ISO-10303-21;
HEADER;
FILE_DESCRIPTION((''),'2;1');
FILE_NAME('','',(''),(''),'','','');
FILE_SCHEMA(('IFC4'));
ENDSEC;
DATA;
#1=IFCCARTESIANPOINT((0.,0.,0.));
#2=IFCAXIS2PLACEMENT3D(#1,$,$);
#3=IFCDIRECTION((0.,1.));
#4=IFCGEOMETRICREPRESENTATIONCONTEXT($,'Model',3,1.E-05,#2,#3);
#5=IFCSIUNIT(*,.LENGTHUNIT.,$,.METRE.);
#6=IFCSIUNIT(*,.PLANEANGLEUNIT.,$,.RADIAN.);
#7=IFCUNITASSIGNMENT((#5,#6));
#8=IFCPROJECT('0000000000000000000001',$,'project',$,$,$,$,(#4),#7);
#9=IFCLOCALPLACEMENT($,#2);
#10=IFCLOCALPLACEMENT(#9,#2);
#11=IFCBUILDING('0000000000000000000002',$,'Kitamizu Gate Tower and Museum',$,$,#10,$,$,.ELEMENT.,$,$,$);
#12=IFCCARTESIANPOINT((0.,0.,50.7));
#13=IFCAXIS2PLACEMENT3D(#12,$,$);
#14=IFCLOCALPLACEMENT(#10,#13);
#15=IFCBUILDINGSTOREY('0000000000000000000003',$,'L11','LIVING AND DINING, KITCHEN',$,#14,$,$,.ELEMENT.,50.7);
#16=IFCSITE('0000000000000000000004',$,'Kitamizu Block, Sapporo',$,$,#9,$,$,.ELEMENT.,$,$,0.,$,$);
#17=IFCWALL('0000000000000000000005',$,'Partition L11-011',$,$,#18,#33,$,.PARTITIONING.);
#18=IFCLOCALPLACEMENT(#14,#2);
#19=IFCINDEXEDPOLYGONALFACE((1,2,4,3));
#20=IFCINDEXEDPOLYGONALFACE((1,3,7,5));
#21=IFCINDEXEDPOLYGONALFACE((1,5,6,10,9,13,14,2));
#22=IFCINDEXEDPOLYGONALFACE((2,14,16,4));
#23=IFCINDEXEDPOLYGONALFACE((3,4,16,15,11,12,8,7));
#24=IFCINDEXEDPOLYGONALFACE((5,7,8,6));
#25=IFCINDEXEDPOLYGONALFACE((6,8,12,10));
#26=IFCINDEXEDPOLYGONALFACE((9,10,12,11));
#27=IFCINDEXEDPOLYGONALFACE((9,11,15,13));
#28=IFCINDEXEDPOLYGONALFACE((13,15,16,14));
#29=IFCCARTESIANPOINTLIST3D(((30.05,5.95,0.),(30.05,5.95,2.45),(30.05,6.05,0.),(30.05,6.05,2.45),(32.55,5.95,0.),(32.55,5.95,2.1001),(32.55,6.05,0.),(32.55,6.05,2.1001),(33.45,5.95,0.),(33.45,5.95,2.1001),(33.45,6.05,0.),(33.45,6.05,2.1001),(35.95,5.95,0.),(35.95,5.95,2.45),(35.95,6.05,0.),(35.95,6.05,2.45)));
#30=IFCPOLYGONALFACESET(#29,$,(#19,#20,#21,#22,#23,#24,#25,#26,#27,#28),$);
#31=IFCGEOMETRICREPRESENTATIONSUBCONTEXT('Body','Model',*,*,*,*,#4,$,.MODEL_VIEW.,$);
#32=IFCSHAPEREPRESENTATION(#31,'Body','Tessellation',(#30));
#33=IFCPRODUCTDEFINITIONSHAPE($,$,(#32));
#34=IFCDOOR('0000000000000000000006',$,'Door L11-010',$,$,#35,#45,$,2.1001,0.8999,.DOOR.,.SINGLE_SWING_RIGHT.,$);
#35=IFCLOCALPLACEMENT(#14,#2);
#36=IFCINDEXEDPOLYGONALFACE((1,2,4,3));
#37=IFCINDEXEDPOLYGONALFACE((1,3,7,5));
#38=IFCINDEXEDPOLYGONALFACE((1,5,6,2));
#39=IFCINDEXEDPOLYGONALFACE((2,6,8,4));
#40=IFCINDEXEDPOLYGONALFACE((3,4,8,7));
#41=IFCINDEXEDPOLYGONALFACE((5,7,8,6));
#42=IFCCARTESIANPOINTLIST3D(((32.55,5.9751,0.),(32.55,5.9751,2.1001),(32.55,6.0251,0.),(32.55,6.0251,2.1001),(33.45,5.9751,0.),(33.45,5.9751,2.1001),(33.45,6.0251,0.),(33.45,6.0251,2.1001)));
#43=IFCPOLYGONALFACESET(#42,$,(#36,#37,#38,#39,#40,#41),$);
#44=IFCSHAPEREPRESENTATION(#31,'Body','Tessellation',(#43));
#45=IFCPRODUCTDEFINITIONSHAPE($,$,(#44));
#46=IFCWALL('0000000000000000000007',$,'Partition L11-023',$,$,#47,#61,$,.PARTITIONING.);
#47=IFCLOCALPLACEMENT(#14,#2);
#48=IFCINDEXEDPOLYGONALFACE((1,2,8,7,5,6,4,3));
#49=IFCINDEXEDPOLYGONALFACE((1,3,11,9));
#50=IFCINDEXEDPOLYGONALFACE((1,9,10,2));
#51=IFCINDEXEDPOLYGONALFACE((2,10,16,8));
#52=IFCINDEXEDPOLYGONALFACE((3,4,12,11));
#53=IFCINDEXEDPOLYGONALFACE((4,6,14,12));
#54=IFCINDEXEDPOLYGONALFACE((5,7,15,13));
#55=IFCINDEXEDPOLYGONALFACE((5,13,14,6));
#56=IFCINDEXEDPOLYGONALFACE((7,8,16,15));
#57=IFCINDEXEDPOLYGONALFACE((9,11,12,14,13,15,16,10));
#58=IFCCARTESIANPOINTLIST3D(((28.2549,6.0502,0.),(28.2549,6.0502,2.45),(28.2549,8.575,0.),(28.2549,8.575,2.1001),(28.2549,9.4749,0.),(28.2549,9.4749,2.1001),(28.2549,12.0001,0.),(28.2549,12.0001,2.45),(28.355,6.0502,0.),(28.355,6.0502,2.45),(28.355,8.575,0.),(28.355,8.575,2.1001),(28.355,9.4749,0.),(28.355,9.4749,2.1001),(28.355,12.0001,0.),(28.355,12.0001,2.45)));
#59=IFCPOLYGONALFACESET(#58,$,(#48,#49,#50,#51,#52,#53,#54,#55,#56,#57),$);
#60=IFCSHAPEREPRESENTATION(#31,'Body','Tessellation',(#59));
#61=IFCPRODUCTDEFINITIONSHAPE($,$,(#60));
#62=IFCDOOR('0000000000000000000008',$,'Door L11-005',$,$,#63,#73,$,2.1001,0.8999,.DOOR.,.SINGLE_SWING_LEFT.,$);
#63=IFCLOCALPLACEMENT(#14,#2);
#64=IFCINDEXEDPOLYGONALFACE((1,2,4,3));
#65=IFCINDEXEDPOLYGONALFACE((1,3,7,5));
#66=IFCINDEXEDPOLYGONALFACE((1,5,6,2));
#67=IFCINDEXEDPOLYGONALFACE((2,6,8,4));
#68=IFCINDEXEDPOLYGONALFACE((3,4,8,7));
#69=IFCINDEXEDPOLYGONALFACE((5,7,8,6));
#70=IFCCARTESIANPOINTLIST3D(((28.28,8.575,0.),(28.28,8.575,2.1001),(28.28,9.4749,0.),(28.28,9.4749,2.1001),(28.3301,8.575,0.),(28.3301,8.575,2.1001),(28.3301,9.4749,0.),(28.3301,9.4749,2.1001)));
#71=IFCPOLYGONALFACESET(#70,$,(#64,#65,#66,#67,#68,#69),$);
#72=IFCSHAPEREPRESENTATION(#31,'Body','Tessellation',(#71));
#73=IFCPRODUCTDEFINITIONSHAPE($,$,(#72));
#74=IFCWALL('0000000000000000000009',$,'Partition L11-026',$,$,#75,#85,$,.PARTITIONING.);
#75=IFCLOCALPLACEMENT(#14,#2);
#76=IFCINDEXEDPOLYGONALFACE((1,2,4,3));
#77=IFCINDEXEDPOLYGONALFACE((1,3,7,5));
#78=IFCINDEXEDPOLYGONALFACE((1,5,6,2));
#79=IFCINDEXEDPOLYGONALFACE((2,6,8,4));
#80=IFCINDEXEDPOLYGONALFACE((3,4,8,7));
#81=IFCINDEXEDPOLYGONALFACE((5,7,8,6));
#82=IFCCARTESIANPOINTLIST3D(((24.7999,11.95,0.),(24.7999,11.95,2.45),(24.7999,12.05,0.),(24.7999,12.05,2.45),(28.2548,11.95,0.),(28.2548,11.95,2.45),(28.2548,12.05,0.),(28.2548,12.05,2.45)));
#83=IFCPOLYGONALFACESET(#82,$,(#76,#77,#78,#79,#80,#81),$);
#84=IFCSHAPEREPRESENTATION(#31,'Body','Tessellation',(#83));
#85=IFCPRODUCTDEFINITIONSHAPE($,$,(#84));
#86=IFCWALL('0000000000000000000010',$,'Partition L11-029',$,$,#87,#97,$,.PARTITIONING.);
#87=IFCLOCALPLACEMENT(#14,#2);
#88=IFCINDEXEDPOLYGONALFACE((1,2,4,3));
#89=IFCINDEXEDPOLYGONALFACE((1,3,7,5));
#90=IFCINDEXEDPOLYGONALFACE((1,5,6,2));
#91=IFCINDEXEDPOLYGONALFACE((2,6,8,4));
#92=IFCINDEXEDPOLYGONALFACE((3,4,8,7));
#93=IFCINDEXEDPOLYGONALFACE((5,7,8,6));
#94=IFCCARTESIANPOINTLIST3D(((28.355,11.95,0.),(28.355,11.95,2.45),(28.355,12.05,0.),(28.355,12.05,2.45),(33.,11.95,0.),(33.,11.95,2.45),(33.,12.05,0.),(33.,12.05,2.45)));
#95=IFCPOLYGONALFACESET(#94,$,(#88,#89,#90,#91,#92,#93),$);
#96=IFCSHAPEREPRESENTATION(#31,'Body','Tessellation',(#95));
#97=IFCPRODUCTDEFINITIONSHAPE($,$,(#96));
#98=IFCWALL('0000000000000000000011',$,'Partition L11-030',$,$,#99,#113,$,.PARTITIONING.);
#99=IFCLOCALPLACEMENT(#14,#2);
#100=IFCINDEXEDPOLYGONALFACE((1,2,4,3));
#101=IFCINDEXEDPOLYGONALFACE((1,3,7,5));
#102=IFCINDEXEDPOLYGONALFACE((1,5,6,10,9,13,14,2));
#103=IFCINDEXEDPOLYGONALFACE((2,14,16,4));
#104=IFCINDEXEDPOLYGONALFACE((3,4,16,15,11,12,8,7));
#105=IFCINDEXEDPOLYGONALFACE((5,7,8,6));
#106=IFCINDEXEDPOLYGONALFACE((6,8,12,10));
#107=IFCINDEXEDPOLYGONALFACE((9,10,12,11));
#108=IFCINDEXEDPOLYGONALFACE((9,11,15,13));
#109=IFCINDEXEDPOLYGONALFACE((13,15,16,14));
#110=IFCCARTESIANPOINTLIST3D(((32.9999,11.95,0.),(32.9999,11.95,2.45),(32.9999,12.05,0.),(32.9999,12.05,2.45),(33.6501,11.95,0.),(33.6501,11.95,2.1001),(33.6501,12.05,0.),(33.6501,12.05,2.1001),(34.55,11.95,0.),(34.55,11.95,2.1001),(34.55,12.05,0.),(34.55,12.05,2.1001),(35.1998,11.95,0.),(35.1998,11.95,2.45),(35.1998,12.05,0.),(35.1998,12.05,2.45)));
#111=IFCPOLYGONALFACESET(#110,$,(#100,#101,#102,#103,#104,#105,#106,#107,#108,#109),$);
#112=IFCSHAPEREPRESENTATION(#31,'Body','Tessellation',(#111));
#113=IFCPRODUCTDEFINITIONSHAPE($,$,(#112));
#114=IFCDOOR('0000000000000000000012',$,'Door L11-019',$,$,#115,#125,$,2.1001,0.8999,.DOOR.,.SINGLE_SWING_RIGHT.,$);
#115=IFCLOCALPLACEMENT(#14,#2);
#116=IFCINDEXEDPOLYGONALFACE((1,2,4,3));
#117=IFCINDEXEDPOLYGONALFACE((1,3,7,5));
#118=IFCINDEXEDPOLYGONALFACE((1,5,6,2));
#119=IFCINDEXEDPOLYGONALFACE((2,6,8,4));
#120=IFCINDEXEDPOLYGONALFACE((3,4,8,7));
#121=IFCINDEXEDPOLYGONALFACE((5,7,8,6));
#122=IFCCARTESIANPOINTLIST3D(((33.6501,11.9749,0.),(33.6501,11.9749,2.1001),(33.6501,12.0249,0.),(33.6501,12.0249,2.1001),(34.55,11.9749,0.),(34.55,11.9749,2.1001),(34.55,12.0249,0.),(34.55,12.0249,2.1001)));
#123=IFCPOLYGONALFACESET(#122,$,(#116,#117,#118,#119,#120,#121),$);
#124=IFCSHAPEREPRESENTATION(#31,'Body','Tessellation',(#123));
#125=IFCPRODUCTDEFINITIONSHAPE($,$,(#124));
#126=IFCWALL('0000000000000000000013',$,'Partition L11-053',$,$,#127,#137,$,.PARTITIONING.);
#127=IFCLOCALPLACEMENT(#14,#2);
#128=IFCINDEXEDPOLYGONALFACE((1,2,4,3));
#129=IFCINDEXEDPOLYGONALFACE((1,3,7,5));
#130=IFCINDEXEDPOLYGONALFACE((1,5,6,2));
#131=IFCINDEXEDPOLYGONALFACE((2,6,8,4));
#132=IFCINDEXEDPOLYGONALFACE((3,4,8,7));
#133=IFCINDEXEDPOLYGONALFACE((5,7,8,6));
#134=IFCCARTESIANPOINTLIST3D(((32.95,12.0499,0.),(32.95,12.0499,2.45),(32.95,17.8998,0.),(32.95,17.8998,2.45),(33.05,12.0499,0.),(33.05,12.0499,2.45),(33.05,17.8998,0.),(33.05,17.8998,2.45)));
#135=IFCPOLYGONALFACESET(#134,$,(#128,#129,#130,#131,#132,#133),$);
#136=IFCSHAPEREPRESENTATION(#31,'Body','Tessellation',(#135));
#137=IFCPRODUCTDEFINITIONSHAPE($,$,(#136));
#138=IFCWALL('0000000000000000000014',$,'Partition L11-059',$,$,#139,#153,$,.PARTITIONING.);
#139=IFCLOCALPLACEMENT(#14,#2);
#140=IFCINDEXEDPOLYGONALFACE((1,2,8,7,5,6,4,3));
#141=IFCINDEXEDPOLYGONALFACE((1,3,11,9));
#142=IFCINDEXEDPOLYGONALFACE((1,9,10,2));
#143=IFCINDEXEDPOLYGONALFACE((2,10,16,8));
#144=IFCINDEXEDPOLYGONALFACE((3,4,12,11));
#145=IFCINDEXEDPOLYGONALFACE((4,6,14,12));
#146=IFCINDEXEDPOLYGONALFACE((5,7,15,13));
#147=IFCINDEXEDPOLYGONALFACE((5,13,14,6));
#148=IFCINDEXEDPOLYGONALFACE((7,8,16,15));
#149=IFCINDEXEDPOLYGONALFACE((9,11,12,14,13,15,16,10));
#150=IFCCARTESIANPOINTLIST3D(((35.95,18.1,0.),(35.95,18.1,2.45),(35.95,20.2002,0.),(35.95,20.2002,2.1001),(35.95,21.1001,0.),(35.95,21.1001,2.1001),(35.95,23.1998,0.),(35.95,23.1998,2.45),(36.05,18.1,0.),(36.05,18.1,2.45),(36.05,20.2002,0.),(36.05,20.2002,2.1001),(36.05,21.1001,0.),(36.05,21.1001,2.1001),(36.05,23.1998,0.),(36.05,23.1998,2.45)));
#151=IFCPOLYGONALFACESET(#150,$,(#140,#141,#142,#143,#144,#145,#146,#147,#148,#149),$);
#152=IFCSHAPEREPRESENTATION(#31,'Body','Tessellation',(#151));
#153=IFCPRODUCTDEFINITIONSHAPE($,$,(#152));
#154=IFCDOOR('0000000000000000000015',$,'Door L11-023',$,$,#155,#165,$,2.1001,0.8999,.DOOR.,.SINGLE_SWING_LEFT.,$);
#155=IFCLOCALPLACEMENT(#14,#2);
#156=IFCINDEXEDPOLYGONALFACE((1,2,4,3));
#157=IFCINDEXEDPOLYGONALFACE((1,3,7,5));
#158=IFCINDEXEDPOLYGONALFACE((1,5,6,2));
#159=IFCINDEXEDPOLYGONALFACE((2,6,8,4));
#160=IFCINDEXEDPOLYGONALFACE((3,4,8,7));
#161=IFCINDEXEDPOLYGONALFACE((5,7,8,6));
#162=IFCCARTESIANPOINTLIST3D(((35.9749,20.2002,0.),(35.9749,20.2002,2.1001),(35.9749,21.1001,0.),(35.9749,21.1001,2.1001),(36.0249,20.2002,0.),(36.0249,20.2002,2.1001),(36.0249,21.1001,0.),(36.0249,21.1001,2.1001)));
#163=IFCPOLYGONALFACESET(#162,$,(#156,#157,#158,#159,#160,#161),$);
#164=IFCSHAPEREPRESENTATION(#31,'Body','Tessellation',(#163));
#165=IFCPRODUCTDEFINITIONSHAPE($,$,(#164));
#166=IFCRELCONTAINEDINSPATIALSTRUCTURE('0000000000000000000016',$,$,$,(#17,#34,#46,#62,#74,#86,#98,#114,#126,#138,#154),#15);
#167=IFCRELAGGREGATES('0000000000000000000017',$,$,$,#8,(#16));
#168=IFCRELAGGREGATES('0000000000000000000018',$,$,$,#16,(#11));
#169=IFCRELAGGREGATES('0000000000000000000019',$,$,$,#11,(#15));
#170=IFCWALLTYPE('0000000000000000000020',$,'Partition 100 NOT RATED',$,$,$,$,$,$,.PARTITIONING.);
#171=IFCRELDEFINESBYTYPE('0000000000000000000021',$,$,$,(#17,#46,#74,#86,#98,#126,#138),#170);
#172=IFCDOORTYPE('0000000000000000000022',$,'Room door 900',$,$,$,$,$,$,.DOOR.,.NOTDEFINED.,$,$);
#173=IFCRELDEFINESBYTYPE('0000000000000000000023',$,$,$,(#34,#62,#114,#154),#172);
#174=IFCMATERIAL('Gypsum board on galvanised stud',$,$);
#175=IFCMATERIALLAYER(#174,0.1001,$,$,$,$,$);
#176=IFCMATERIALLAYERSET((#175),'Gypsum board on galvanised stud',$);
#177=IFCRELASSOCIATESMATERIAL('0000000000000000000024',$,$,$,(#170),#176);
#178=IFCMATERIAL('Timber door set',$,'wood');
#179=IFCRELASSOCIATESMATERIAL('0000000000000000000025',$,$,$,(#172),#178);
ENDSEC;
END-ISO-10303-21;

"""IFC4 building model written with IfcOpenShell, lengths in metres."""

from ifc_helpers import new_model, si_unit, direction, frame, frame_2d, origin, place, context, subcontext, project, spatial, rectangle, extrude, material, layer, layer_set, type_object, element, fill, save


model = new_model("IFC4")

# Units and contexts
model_context = context("Model", 3, precision=1e-05, world=origin(), true_north=direction((0.0, 1.0)))
body_context = subcontext(model_context, "Body", "Model", "MODEL_VIEW")
ifc_project = project(units=[si_unit("LENGTHUNIT", "METRE"), si_unit("PLANEANGLEUNIT", "RADIAN")], contexts=[model_context])

# Site, building, storey
site_placement = place(None, origin())
site = spatial("IfcSite", under=ifc_project, at=site_placement, Name="Kitamizu Block, Sapporo", CompositionType="ELEMENT", RefElevation=0.0)
building_placement = place(site_placement, origin())
building = spatial("IfcBuilding", under=site, at=building_placement, Name="Kitamizu Gate Tower and Museum", CompositionType="ELEMENT")
storey_placement = place(building_placement, frame((0.0, 0.0, 50.7)))
storey = spatial("IfcBuildingStorey", under=building, at=storey_placement, Name="L11", Description="LIVING AND DINING, KITCHEN", CompositionType="ELEMENT", Elevation=50.7)

# Shared definitions
ifc_material_1 = material(Name="Gypsum board on galvanised stud")
ifc_layer_1 = layer(ifc_material_1, 0.1001)
ifc_layer_set_1 = layer_set([ifc_layer_1], Name="Gypsum board on galvanised stud")
wall_type_1 = type_object("IfcWallType", Name="Partition 100 NOT RATED", PredefinedType="PARTITIONING", material=ifc_layer_set_1)

# Walls, openings, doors
wall_1_placement = place(storey_placement, frame((35.95, 6.0, 0.0), z_axis=(0.0, 0.0, 1.0), x_axis=(-1.0, 0.0, 0.0)))
wall_1 = element("IfcWall", 1, at=wall_1_placement, inside=storey, type_object=wall_type_1, Name="Partition L11-011", PredefinedType="PARTITIONING", context=body_context, shape_type="SweptSolid", body=[
    extrude(rectangle(XDim=5.8999, YDim=0.1001, at=frame_2d((2.95, 0.0))), origin(), (0.0, 0.0, 1.0), 2.45),
])
opening_1_placement = place(wall_1_placement, frame((2.5, 0.0, 0.0)))
opening_1 = element("IfcOpeningElement", 2, at=opening_1_placement, cuts=wall_1, PredefinedType="OPENING", context=body_context, shape_type="SweptSolid", body=[
    extrude(rectangle(XDim=0.8999, YDim=2.1001, at=frame_2d((0.45, 1.05))), frame((0.0, 0.0601, 0.0), z_axis=(0.0, -1.0, 0.0), x_axis=(1.0, 0.0, 0.0)), (0.0, 0.0, 1.0), 0.1201),
])
ifc_material_2 = material(Name="Timber door set", Category="wood")
door_type_1 = type_object("IfcDoorType", Name="Room door 900", OperationType="NOTDEFINED", PredefinedType="DOOR", material=ifc_material_2)
door_1_placement = place(opening_1_placement, origin())
door_1 = element("IfcDoor", 3, at=door_1_placement, inside=storey, type_object=door_type_1, Name="Door L11-010", OperationType="SINGLE_SWING_RIGHT", OverallHeight=2.1001, OverallWidth=0.8999, PredefinedType="DOOR", context=body_context, shape_type="SweptSolid", body=[
    extrude(rectangle(XDim=0.8999, YDim=2.1001, at=frame_2d((0.45, 1.05))), frame((0.0, 0.0249, 0.0), z_axis=(0.0, -1.0, 0.0), x_axis=(1.0, 0.0, 0.0)), (0.0, 0.0, 1.0), 0.05),
])
fill(opening_1, door_1)
wall_2_placement = place(storey_placement, frame((28.3049, 6.05, 0.0), z_axis=(0.0, 0.0, 1.0), x_axis=(0.0, 1.0, 0.0)))
wall_2 = element("IfcWall", 4, at=wall_2_placement, inside=storey, type_object=wall_type_1, Name="Partition L11-023", PredefinedType="PARTITIONING", context=body_context, shape_type="SweptSolid", body=[
    extrude(rectangle(XDim=5.95, YDim=0.1001, at=frame_2d((2.9751, 0.0))), origin(), (0.0, 0.0, 1.0), 2.45),
])
opening_2_placement = place(wall_2_placement, frame((2.5249, 0.0, 0.0)))
opening_2 = element("IfcOpeningElement", 5, at=opening_2_placement, cuts=wall_2, PredefinedType="OPENING", context=body_context, shape_type="SweptSolid", body=[
    extrude(rectangle(XDim=0.8999, YDim=2.1001, at=frame_2d((0.45, 1.05))), frame((0.0, 0.0601, 0.0), z_axis=(0.0, -1.0, 0.0), x_axis=(1.0, 0.0, 0.0)), (0.0, 0.0, 1.0), 0.1201),
])
door_2_placement = place(opening_2_placement, origin())
door_2 = element("IfcDoor", 6, at=door_2_placement, inside=storey, type_object=door_type_1, Name="Door L11-005", OperationType="SINGLE_SWING_LEFT", OverallHeight=2.1001, OverallWidth=0.8999, PredefinedType="DOOR", context=body_context, shape_type="SweptSolid", body=[
    extrude(rectangle(XDim=0.8999, YDim=2.1001, at=frame_2d((0.45, 1.05))), frame((0.0, 0.0249, 0.0), z_axis=(0.0, -1.0, 0.0), x_axis=(1.0, 0.0, 0.0)), (0.0, 0.0, 1.0), 0.05),
])
fill(opening_2, door_2)

# Walls
wall_3_placement = place(storey_placement, frame((28.2549, 12.0, 0.0), z_axis=(0.0, 0.0, 1.0), x_axis=(-1.0, 0.0, 0.0)))
element("IfcWall", 7, at=wall_3_placement, inside=storey, type_object=wall_type_1, Name="Partition L11-026", PredefinedType="PARTITIONING", context=body_context, shape_type="SweptSolid", body=[
    extrude(rectangle(XDim=3.4548, YDim=0.1001, at=frame_2d((1.7275, 0.0))), origin(), (0.0, 0.0, 1.0), 2.45),
])
wall_4_placement = place(storey_placement, frame((33.0, 12.0, 0.0), z_axis=(0.0, 0.0, 1.0), x_axis=(-1.0, 0.0, 0.0)))
element("IfcWall", 8, at=wall_4_placement, inside=storey, type_object=wall_type_1, Name="Partition L11-029", PredefinedType="PARTITIONING", context=body_context, shape_type="SweptSolid", body=[
    extrude(rectangle(XDim=4.645, YDim=0.1001, at=frame_2d((2.3225, 0.0))), origin(), (0.0, 0.0, 1.0), 2.45),
])

# Wall, opening, door
wall_5_placement = place(storey_placement, frame((35.2, 12.0, 0.0), z_axis=(0.0, 0.0, 1.0), x_axis=(-1.0, 0.0, 0.0)))
wall_5 = element("IfcWall", 9, at=wall_5_placement, inside=storey, type_object=wall_type_1, Name="Partition L11-030", PredefinedType="PARTITIONING", context=body_context, shape_type="SweptSolid", body=[
    extrude(rectangle(XDim=2.2, YDim=0.1001, at=frame_2d((1.1001, 0.0))), origin(), (0.0, 0.0, 1.0), 2.45),
])
opening_3_placement = place(wall_5_placement, frame((0.6499, 0.0, 0.0)))
opening_3 = element("IfcOpeningElement", 10, at=opening_3_placement, cuts=wall_5, PredefinedType="OPENING", context=body_context, shape_type="SweptSolid", body=[
    extrude(rectangle(XDim=0.8999, YDim=2.1001, at=frame_2d((0.45, 1.05))), frame((0.0, 0.0601, 0.0), z_axis=(0.0, -1.0, 0.0), x_axis=(1.0, 0.0, 0.0)), (0.0, 0.0, 1.0), 0.1201),
])
door_3_placement = place(opening_3_placement, frame((0.8999, 0.0, 0.0), x_axis=(-1.0, 0.0, 0.0)))
door_3 = element("IfcDoor", 11, at=door_3_placement, inside=storey, type_object=door_type_1, Name="Door L11-019", OperationType="SINGLE_SWING_RIGHT", OverallHeight=2.1001, OverallWidth=0.8999, PredefinedType="DOOR", context=body_context, shape_type="SweptSolid", body=[
    extrude(rectangle(XDim=0.8999, YDim=2.1001, at=frame_2d((0.45, 1.05))), frame((0.0, 0.0249, 0.0), z_axis=(0.0, -1.0, 0.0), x_axis=(1.0, 0.0, 0.0)), (0.0, 0.0, 1.0), 0.05),
])
fill(opening_3, door_3)

# Wall
wall_6_placement = place(storey_placement, frame((33.0, 12.05, 0.0), z_axis=(0.0, 0.0, 1.0), x_axis=(0.0, 1.0, 0.0)))
element("IfcWall", 12, at=wall_6_placement, inside=storey, type_object=wall_type_1, Name="Partition L11-053", PredefinedType="PARTITIONING", context=body_context, shape_type="SweptSolid", body=[
    extrude(rectangle(XDim=5.8499, YDim=0.1001, at=frame_2d((2.9248, 0.0))), origin(), (0.0, 0.0, 1.0), 2.45),
])

# Wall, opening, door
wall_7_placement = place(storey_placement, frame((36.0, 18.1001, 0.0), z_axis=(0.0, 0.0, 1.0), x_axis=(0.0, 1.0, 0.0)))
wall_7 = element("IfcWall", 13, at=wall_7_placement, inside=storey, type_object=wall_type_1, Name="Partition L11-059", PredefinedType="PARTITIONING", context=body_context, shape_type="SweptSolid", body=[
    extrude(rectangle(XDim=5.0999, YDim=0.1001, at=frame_2d((2.5498, 0.0))), origin(), (0.0, 0.0, 1.0), 2.45),
])
opening_4_placement = place(wall_7_placement, frame((2.1001, 0.0, 0.0)))
opening_4 = element("IfcOpeningElement", 14, at=opening_4_placement, cuts=wall_7, PredefinedType="OPENING", context=body_context, shape_type="SweptSolid", body=[
    extrude(rectangle(XDim=0.8999, YDim=2.1001, at=frame_2d((0.45, 1.05))), frame((0.0, 0.0601, 0.0), z_axis=(0.0, -1.0, 0.0), x_axis=(1.0, 0.0, 0.0)), (0.0, 0.0, 1.0), 0.1201),
])
door_4_placement = place(opening_4_placement, frame((0.8999, 0.0, 0.0), x_axis=(-1.0, 0.0, 0.0)))
door_4 = element("IfcDoor", 15, at=door_4_placement, inside=storey, type_object=door_type_1, Name="Door L11-023", OperationType="SINGLE_SWING_LEFT", OverallHeight=2.1001, OverallWidth=0.8999, PredefinedType="DOOR", context=body_context, shape_type="SweptSolid", body=[
    extrude(rectangle(XDim=0.8999, YDim=2.1001, at=frame_2d((0.45, 1.05))), frame((0.0, 0.0249, 0.0), z_axis=(0.0, -1.0, 0.0), x_axis=(1.0, 0.0, 0.0)), (0.0, 0.0, 1.0), 0.05),
])
fill(opening_4, door_4)

save(model, "model.ifc")
